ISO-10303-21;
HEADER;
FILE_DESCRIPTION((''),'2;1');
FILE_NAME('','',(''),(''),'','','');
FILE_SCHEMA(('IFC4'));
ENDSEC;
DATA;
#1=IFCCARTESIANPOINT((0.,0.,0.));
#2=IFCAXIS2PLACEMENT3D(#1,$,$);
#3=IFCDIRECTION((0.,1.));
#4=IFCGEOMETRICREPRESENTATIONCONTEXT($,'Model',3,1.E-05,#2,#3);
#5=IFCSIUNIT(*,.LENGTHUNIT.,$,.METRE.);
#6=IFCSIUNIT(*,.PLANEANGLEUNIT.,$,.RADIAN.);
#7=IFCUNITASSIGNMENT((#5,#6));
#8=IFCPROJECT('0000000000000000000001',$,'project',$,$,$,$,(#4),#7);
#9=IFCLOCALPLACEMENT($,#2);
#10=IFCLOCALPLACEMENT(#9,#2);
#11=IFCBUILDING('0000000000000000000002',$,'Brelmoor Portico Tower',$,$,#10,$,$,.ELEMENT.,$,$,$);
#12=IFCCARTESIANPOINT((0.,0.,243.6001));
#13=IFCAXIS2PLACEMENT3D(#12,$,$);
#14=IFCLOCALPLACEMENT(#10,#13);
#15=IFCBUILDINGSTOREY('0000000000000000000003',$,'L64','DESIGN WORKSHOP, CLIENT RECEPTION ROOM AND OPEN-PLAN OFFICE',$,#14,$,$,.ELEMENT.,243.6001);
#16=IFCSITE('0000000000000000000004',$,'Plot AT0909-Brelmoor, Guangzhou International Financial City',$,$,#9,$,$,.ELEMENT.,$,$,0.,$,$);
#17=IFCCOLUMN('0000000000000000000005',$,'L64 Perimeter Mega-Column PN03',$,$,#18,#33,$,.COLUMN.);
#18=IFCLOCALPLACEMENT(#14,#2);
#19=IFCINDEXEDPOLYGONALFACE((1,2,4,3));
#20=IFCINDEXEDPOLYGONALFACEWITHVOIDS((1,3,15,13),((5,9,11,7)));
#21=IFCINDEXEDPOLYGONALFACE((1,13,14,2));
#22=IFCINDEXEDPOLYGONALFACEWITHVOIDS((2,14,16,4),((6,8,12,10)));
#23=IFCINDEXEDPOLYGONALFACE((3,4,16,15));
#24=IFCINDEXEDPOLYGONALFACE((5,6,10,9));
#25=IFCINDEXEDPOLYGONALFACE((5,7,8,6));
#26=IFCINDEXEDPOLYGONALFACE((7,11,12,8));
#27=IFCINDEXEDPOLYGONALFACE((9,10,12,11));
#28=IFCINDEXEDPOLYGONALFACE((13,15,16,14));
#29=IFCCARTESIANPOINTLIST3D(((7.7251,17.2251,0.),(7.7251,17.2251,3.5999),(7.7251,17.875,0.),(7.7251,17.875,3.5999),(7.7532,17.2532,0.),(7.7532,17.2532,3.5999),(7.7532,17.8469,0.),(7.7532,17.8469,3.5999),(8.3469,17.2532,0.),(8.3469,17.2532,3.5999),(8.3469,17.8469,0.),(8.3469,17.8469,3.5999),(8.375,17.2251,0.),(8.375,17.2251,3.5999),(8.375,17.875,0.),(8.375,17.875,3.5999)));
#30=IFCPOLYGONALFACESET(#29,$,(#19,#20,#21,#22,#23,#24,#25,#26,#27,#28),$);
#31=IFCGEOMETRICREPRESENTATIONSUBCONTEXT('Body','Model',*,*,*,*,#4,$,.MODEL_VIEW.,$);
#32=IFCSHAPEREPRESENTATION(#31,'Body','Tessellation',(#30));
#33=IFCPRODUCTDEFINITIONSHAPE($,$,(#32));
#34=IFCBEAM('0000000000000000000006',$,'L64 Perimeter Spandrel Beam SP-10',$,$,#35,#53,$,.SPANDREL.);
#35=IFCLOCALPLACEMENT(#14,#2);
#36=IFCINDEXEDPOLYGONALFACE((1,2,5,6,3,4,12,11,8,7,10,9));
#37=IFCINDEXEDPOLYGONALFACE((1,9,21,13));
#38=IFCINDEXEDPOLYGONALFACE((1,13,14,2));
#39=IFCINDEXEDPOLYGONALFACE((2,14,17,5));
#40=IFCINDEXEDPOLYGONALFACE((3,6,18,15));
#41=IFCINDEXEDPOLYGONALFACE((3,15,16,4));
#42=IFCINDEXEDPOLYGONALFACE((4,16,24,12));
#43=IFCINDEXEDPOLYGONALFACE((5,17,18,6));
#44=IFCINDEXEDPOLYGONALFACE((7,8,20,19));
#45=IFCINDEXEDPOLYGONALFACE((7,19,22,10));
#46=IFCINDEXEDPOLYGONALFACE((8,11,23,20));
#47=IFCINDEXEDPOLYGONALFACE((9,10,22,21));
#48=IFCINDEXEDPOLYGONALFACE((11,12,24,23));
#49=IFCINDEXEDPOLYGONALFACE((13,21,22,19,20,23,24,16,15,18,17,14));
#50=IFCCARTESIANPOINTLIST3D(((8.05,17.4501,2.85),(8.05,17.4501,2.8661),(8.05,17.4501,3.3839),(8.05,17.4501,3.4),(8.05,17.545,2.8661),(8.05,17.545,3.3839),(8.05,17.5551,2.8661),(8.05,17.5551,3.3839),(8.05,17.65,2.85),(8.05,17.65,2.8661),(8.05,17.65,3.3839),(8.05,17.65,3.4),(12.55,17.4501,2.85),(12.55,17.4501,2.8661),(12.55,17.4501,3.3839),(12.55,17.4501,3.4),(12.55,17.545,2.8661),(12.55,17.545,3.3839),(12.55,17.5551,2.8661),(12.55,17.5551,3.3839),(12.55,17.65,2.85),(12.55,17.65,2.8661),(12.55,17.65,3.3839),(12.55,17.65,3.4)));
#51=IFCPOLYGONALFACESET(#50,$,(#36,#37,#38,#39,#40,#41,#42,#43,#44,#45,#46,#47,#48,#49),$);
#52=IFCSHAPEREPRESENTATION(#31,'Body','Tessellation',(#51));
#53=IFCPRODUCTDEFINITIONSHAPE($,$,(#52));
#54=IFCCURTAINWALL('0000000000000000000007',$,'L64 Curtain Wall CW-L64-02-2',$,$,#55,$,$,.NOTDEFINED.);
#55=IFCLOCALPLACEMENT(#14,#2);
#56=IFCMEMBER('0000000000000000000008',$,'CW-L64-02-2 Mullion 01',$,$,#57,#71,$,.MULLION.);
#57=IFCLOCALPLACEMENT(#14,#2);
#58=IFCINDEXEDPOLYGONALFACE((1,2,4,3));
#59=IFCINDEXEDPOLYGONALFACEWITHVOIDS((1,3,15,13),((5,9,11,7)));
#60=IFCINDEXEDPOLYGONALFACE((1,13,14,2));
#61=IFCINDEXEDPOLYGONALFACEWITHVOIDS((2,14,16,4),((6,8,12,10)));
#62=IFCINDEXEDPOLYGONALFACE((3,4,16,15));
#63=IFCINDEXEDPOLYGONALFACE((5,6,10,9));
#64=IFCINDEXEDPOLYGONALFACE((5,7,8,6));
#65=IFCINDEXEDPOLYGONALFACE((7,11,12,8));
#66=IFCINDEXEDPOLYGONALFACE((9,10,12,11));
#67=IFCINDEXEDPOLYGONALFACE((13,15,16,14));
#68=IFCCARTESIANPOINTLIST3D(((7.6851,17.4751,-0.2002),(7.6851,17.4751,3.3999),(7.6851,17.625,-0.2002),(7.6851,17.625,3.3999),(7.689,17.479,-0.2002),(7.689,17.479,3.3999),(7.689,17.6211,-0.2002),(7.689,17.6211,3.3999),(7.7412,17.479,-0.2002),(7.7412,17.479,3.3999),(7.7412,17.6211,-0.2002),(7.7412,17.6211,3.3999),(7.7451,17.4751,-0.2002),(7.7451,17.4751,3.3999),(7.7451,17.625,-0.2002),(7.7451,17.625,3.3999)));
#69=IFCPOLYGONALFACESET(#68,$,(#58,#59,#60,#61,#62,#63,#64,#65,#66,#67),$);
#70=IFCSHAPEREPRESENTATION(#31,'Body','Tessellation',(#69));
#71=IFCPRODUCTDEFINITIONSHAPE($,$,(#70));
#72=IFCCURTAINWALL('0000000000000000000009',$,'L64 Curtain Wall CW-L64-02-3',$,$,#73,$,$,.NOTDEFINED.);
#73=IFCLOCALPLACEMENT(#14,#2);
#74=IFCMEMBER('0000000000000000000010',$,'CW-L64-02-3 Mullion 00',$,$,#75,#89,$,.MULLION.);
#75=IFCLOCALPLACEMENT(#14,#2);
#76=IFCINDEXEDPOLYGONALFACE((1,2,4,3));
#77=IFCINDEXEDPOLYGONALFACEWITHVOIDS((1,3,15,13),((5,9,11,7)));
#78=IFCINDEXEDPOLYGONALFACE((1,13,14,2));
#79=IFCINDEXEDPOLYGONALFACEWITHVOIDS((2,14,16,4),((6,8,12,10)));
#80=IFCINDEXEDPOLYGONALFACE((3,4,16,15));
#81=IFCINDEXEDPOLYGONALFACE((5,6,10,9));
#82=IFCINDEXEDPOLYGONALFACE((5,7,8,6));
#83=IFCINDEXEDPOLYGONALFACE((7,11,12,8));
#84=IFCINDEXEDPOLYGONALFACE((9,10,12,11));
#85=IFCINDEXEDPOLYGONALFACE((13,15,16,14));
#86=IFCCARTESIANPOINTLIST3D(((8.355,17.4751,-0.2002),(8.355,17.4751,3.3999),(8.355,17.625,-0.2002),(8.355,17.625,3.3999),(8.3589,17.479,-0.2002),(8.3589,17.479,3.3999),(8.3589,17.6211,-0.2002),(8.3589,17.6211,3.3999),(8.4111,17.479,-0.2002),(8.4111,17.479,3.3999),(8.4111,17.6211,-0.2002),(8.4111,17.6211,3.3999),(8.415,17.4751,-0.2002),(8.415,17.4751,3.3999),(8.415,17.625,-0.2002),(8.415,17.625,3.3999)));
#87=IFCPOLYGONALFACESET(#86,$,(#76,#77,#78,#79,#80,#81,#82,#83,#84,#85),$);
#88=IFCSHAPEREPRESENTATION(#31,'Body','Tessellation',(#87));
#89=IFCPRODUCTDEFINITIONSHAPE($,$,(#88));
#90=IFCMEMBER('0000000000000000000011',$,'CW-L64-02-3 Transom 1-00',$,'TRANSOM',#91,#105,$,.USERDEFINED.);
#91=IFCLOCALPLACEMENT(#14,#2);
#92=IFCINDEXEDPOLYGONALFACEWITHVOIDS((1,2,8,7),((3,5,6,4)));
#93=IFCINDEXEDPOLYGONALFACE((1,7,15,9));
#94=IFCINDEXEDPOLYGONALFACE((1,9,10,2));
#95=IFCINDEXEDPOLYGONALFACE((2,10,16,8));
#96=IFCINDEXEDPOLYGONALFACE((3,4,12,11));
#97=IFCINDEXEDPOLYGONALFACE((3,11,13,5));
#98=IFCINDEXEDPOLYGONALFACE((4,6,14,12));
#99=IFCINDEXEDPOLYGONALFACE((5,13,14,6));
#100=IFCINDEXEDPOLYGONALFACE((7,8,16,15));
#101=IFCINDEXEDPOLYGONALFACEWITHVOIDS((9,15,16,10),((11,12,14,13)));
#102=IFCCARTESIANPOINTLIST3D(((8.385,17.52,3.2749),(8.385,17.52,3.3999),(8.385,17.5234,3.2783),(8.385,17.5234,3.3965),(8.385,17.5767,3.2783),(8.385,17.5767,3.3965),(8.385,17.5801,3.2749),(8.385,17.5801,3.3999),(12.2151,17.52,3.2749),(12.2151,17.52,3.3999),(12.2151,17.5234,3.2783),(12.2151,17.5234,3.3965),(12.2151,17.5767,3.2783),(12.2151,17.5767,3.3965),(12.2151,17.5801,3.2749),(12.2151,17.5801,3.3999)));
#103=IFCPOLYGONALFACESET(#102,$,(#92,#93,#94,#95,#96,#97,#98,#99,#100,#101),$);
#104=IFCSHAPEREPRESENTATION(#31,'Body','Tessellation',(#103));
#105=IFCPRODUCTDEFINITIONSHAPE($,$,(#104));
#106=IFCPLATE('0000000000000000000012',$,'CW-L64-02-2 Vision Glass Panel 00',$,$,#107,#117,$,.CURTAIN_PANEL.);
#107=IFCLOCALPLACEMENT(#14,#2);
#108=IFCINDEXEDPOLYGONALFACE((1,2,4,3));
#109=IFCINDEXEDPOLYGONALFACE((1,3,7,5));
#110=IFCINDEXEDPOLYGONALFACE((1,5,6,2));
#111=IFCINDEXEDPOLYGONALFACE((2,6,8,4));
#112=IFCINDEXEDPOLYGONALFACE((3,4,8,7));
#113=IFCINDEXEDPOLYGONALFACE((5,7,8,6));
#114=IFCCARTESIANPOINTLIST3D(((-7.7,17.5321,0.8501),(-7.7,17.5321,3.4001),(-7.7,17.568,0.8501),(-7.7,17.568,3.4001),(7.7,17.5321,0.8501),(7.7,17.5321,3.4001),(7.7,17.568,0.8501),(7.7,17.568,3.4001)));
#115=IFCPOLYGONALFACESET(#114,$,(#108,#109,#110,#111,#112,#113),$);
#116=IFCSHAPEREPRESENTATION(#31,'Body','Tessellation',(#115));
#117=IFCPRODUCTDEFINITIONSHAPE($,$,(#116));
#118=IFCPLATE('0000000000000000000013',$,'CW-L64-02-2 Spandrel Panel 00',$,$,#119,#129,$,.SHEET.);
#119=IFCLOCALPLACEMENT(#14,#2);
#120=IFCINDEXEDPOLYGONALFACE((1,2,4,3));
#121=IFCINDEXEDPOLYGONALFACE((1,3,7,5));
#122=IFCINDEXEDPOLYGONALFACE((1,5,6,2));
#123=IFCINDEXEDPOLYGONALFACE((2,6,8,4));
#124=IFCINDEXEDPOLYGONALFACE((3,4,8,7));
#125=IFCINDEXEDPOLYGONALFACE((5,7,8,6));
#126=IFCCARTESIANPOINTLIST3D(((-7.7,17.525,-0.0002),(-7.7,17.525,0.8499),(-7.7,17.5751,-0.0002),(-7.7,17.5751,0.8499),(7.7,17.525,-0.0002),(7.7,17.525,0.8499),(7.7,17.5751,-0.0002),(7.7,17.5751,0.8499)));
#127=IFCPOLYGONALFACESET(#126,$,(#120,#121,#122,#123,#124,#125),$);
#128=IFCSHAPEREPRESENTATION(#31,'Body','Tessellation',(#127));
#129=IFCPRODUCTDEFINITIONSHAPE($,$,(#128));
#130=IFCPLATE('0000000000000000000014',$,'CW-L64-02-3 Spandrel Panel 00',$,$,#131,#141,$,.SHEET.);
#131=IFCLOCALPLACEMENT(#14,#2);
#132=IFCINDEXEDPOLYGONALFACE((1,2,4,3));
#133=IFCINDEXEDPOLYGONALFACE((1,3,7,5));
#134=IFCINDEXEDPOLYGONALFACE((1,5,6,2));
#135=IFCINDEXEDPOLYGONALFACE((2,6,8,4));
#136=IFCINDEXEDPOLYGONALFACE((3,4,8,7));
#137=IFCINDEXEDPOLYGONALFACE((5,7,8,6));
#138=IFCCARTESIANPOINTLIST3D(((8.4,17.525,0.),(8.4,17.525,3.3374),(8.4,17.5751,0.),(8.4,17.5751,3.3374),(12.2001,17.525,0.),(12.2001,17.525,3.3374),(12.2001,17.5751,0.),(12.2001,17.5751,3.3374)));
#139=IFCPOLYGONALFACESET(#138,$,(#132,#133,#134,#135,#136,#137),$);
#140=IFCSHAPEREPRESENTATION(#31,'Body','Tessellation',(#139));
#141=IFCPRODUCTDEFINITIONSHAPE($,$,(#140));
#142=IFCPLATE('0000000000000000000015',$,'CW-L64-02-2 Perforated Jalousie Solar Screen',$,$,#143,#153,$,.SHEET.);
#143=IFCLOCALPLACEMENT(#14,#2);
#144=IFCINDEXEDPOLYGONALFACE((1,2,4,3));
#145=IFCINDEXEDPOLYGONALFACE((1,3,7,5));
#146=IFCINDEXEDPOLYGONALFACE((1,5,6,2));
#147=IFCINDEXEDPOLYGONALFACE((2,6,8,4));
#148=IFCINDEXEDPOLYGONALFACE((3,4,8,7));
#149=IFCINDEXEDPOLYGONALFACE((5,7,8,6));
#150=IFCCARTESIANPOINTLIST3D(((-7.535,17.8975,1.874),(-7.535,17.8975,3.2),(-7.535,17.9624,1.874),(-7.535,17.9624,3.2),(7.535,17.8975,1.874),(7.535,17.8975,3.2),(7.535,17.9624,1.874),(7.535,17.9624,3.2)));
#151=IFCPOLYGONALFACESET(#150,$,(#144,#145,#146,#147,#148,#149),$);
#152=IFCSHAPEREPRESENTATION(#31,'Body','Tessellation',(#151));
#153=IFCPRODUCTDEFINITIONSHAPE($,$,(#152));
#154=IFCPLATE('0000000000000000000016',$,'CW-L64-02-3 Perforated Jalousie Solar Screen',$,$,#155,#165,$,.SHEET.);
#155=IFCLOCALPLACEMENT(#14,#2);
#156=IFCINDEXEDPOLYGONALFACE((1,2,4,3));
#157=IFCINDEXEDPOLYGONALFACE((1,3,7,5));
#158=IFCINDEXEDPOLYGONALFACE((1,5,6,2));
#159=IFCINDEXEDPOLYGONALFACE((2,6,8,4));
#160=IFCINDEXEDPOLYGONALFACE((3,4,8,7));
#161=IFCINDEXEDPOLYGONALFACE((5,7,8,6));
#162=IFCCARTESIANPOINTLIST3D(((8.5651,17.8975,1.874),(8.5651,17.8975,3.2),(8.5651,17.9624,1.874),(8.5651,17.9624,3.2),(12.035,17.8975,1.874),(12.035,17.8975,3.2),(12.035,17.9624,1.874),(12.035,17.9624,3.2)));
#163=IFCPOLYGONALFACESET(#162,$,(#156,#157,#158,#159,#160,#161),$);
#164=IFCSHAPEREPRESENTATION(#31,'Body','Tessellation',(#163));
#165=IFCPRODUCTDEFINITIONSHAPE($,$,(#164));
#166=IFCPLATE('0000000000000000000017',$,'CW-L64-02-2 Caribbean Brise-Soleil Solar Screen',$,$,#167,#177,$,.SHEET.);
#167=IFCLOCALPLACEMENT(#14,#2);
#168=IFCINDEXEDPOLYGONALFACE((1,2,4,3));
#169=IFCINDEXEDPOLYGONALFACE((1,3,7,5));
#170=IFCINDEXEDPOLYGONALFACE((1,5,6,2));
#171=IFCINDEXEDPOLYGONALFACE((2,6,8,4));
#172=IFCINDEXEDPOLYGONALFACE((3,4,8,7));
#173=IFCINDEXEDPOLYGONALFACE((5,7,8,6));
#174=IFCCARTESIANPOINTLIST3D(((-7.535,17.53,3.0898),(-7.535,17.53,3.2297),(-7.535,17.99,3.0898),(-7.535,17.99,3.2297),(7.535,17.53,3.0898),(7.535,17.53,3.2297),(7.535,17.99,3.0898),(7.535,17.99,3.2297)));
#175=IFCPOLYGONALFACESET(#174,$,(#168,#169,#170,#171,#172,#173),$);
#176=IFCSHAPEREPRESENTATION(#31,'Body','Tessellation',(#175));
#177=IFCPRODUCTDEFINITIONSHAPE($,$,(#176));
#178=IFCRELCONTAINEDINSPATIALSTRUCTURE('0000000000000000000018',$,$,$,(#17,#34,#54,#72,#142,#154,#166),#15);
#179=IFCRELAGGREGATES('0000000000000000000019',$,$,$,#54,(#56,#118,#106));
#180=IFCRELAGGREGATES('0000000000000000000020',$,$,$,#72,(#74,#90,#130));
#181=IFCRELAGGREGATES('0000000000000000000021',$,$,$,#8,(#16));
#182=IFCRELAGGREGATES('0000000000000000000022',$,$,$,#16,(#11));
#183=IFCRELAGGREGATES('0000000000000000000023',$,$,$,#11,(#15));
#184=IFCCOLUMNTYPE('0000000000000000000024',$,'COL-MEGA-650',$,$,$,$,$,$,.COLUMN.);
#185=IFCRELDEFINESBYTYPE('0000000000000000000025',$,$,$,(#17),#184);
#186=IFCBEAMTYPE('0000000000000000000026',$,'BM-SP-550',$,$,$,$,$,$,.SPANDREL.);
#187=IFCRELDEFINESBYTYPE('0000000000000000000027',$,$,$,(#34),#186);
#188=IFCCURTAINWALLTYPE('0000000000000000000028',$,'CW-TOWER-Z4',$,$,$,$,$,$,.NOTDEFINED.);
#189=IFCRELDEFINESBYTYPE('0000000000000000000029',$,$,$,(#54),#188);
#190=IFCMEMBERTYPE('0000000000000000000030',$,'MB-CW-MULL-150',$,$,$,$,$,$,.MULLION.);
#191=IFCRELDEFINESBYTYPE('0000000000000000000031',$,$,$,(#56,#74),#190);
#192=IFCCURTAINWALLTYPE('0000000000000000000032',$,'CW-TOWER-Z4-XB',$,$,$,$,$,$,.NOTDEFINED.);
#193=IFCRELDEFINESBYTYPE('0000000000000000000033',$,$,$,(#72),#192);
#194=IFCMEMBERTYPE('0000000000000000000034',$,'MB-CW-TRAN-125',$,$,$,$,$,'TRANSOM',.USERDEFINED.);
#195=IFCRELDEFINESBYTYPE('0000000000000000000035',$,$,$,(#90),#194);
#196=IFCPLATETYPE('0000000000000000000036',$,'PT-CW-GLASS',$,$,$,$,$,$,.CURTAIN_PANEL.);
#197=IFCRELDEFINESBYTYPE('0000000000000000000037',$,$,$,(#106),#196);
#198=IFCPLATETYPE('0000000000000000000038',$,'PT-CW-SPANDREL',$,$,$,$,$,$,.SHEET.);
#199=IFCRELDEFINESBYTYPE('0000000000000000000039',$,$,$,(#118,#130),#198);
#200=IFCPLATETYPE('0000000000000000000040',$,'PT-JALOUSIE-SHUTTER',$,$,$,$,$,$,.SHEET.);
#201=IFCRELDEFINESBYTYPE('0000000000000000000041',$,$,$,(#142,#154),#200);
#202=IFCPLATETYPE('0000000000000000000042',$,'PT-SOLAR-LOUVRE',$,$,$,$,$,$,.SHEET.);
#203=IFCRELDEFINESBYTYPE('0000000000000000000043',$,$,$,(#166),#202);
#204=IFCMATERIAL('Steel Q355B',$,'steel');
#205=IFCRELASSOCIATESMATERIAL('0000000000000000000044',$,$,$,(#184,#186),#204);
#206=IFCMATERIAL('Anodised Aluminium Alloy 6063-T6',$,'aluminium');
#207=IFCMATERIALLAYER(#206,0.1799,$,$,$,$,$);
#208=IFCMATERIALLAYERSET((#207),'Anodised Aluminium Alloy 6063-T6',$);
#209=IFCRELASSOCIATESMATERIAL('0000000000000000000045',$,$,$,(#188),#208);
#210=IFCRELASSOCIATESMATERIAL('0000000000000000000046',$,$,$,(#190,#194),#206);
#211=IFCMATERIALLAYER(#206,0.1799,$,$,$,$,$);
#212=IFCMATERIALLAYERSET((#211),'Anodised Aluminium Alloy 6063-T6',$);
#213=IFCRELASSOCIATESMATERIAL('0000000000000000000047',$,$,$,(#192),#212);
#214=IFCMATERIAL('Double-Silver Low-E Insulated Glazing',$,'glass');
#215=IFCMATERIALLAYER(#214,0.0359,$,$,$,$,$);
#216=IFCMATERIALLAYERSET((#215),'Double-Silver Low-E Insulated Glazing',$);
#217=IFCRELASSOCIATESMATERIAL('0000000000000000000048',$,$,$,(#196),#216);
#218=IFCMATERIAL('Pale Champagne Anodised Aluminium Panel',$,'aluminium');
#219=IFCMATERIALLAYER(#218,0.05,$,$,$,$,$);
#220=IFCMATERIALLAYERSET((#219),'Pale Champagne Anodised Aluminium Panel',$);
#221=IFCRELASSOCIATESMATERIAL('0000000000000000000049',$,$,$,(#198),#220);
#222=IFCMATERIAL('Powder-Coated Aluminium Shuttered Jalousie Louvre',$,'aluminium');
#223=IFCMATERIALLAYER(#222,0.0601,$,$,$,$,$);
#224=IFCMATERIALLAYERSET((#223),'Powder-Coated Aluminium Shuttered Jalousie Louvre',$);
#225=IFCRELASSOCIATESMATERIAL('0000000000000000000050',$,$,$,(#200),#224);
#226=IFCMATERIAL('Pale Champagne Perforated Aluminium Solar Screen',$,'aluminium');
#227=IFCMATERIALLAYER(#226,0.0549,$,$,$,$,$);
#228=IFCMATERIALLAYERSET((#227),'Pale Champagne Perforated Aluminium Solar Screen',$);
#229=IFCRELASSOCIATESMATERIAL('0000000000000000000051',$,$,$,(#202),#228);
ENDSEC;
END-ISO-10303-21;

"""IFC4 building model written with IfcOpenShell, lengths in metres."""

from ifc_helpers import new_model, si_unit, direction, frame, origin, origin_2d, place, context, subcontext, project, spatial, rectangle, hollow_rectangle, i_section, extrude, material, layer, layer_set, material_profile, profile_set, type_object, element, aggregate, save


model = new_model("IFC4")

# Units and contexts
model_context = context("Model", 3, precision=1e-05, world=origin(), true_north=direction((0.0, 1.0)))
body_context = subcontext(model_context, "Body", "Model", "MODEL_VIEW")
ifc_project = project(units=[si_unit("LENGTHUNIT", "METRE"), si_unit("PLANEANGLEUNIT", "RADIAN")], contexts=[model_context])

# Site, building, storey
site_placement = place(None, origin())
site = spatial("IfcSite", under=ifc_project, at=site_placement, Name="Plot AT0909-Brelmoor, Guangzhou International Financial City", CompositionType="ELEMENT", RefElevation=0.0)
building_placement = place(site_placement, origin())
building = spatial("IfcBuilding", under=site, at=building_placement, Name="Brelmoor Portico Tower", CompositionType="ELEMENT")
storey_placement = place(building_placement, frame((0.0, 0.0, 243.6001)))
storey = spatial("IfcBuildingStorey", under=building, at=storey_placement, Name="L64", Description="DESIGN WORKSHOP, CLIENT RECEPTION ROOM AND OPEN-PLAN OFFICE", CompositionType="ELEMENT", Elevation=243.6001)

# Column
ifc_material_1 = material(Name="Steel Q355B", Category="steel")
ifc_material_profile_1 = material_profile(ifc_material_1, hollow_rectangle(XDim=0.6499, YDim=0.6499, WallThickness=0.0281, at=origin_2d()), Name="BOX 650x650x28")
ifc_profile_set_1 = profile_set([ifc_material_profile_1], Name="Steel Q355B")
column_type = type_object("IfcColumnType", Name="COL-MEGA-650", PredefinedType="COLUMN", material=ifc_profile_set_1)
column_placement = place(storey_placement, frame((8.05, 17.55, 0.0), z_axis=(0.0, 0.0, 1.0), x_axis=(1.0, 0.0, 0.0)))
element("IfcColumn", 1, at=column_placement, inside=storey, type_object=column_type, Name="L64 Perimeter Mega-Column PN03", PredefinedType="COLUMN", context=body_context, shape_type="SweptSolid", body=[
    extrude(hollow_rectangle(XDim=0.6499, YDim=0.6499, WallThickness=0.0281, at=origin_2d()), origin(), (0.0, 0.0, 1.0), 3.5999),
])

# Beam
ifc_material_profile_2 = material_profile(ifc_material_1, i_section(OverallWidth=0.2, OverallDepth=0.55, WebThickness=0.01, FlangeThickness=0.0161, at=origin_2d()), Name="HN 550x200x10x16")
ifc_profile_set_2 = profile_set([ifc_material_profile_2], Name="Steel Q355B")
beam_type = type_object("IfcBeamType", Name="BM-SP-550", PredefinedType="SPANDREL", material=ifc_profile_set_2)
beam_placement = place(storey_placement, frame((8.05, 17.55, 3.125), z_axis=(1.0, 0.0, 0.0), x_axis=(0.0, 1.0, 0.0)))
element("IfcBeam", 2, at=beam_placement, inside=storey, type_object=beam_type, Name="L64 Perimeter Spandrel Beam SP-10", PredefinedType="SPANDREL", context=body_context, shape_type="SweptSolid", body=[
    extrude(i_section(OverallWidth=0.2, OverallDepth=0.55, WebThickness=0.01, FlangeThickness=0.0161, at=origin_2d()), origin(), (0.0, 0.0, 1.0), 4.5),
])

# Curtain wall, member
ifc_material_2 = material(Name="Anodised Aluminium Alloy 6063-T6", Category="aluminium")
ifc_layer_1 = layer(ifc_material_2, 0.1799)
ifc_layer_set_1 = layer_set([ifc_layer_1], Name="Anodised Aluminium Alloy 6063-T6")
curtain_wall_type_1 = type_object("IfcCurtainWallType", Name="CW-TOWER-Z4", PredefinedType="NOTDEFINED", material=ifc_layer_set_1)
curtain_wall_1_placement = place(storey_placement, origin())
curtain_wall_1 = element("IfcCurtainWall", 3, at=curtain_wall_1_placement, inside=storey, type_object=curtain_wall_type_1, Name="L64 Curtain Wall CW-L64-02-2", PredefinedType="NOTDEFINED")
ifc_material_profile_3 = material_profile(ifc_material_2, hollow_rectangle(XDim=0.0601, YDim=0.1499, WallThickness=0.0039, at=origin_2d()), Name="ALU MULLION 60x150")
ifc_profile_set_3 = profile_set([ifc_material_profile_3], Name="Anodised Aluminium Alloy 6063-T6")
member_type_1 = type_object("IfcMemberType", Name="MB-CW-MULL-150", PredefinedType="MULLION", material=ifc_profile_set_3)
member_1_placement = place(storey_placement, frame((7.7151, 17.55, -0.2002), z_axis=(0.0, 0.0, 1.0), x_axis=(1.0, 0.0, 0.0)))
member_1 = element("IfcMember", 4, at=member_1_placement, type_object=member_type_1, Name="CW-L64-02-2 Mullion 01", PredefinedType="MULLION", context=body_context, shape_type="SweptSolid", body=[
    extrude(hollow_rectangle(XDim=0.0601, YDim=0.1499, WallThickness=0.0039, at=origin_2d()), origin(), (0.0, 0.0, 1.0), 3.6001),
])

# Curtain wall, members
ifc_layer_2 = layer(ifc_material_2, 0.1799)
ifc_layer_set_2 = layer_set([ifc_layer_2], Name="Anodised Aluminium Alloy 6063-T6")
curtain_wall_type_2 = type_object("IfcCurtainWallType", Name="CW-TOWER-Z4-XB", PredefinedType="NOTDEFINED", material=ifc_layer_set_2)
curtain_wall_2_placement = place(storey_placement, origin())
curtain_wall_2 = element("IfcCurtainWall", 5, at=curtain_wall_2_placement, inside=storey, type_object=curtain_wall_type_2, Name="L64 Curtain Wall CW-L64-02-3", PredefinedType="NOTDEFINED")
member_2_placement = place(storey_placement, frame((8.385, 17.55, -0.2002), z_axis=(0.0, 0.0, 1.0), x_axis=(1.0, 0.0, 0.0)))
member_2 = element("IfcMember", 6, at=member_2_placement, type_object=member_type_1, Name="CW-L64-02-3 Mullion 00", PredefinedType="MULLION", context=body_context, shape_type="SweptSolid", body=[
    extrude(hollow_rectangle(XDim=0.0601, YDim=0.1499, WallThickness=0.0039, at=origin_2d()), origin(), (0.0, 0.0, 1.0), 3.6001),
])
ifc_material_profile_4 = material_profile(ifc_material_2, hollow_rectangle(XDim=0.0601, YDim=0.125, WallThickness=0.0034, at=origin_2d()), Name="ALU TRANSOM 60x125")
ifc_profile_set_4 = profile_set([ifc_material_profile_4], Name="Anodised Aluminium Alloy 6063-T6")
member_type_2 = type_object("IfcMemberType", Name="MB-CW-TRAN-125", ElementType="TRANSOM", PredefinedType="USERDEFINED", material=ifc_profile_set_4)
member_3_placement = place(storey_placement, frame((8.385, 17.55, 3.3374), z_axis=(1.0, 0.0, 0.0), x_axis=(0.0, 1.0, 0.0)))
member_3 = element("IfcMember", 7, at=member_3_placement, type_object=member_type_2, Name="CW-L64-02-3 Transom 1-00", ObjectType="TRANSOM", PredefinedType="USERDEFINED", context=body_context, shape_type="SweptSolid", body=[
    extrude(hollow_rectangle(XDim=0.0601, YDim=0.125, WallThickness=0.0034, at=origin_2d()), origin(), (0.0, 0.0, 1.0), 3.8301),
])

# Plates
ifc_material_3 = material(Name="Double-Silver Low-E Insulated Glazing", Category="glass")
ifc_layer_3 = layer(ifc_material_3, 0.0359)
ifc_layer_set_3 = layer_set([ifc_layer_3], Name="Double-Silver Low-E Insulated Glazing")
plate_type_1 = type_object("IfcPlateType", Name="PT-CW-GLASS", PredefinedType="CURTAIN_PANEL", material=ifc_layer_set_3)
plate_1_placement = place(storey_placement, frame((0.0, 17.55, 0.8501), z_axis=(0.0, 0.0, 1.0), x_axis=(1.0, 0.0, 0.0)))
plate_1 = element("IfcPlate", 8, at=plate_1_placement, type_object=plate_type_1, Name="CW-L64-02-2 Vision Glass Panel 00", PredefinedType="CURTAIN_PANEL", context=body_context, shape_type="SweptSolid", body=[
    extrude(rectangle(XDim=15.3999, YDim=0.0359, at=origin_2d()), origin(), (0.0, 0.0, 1.0), 2.55),
])
ifc_material_4 = material(Name="Pale Champagne Anodised Aluminium Panel", Category="aluminium")
ifc_layer_4 = layer(ifc_material_4, 0.05)
ifc_layer_set_4 = layer_set([ifc_layer_4], Name="Pale Champagne Anodised Aluminium Panel")
plate_type_2 = type_object("IfcPlateType", Name="PT-CW-SPANDREL", PredefinedType="SHEET", material=ifc_layer_set_4)
plate_2_placement = place(storey_placement, frame((0.0, 17.55, -0.0002), z_axis=(0.0, 0.0, 1.0), x_axis=(1.0, 0.0, 0.0)))
plate_2 = element("IfcPlate", 9, at=plate_2_placement, type_object=plate_type_2, Name="CW-L64-02-2 Spandrel Panel 00", PredefinedType="SHEET", context=body_context, shape_type="SweptSolid", body=[
    extrude(rectangle(XDim=15.3999, YDim=0.05, at=origin_2d()), origin(), (0.0, 0.0, 1.0), 0.8501),
])
aggregate(curtain_wall_1, [member_1, plate_2, plate_1])
plate_3_placement = place(storey_placement, frame((10.3, 17.55, 0.0), z_axis=(0.0, 0.0, 1.0), x_axis=(1.0, 0.0, 0.0)))
plate_3 = element("IfcPlate", 10, at=plate_3_placement, type_object=plate_type_2, Name="CW-L64-02-3 Spandrel Panel 00", PredefinedType="SHEET", context=body_context, shape_type="SweptSolid", body=[
    extrude(rectangle(XDim=3.8, YDim=0.05, at=origin_2d()), origin(), (0.0, 0.0, 1.0), 3.3374),
])
aggregate(curtain_wall_2, [member_2, member_3, plate_3])

# Plates
ifc_material_5 = material(Name="Powder-Coated Aluminium Shuttered Jalousie Louvre", Category="aluminium")
ifc_layer_5 = layer(ifc_material_5, 0.0601)
ifc_layer_set_5 = layer_set([ifc_layer_5], Name="Powder-Coated Aluminium Shuttered Jalousie Louvre")
plate_type_3 = type_object("IfcPlateType", Name="PT-JALOUSIE-SHUTTER", PredefinedType="SHEET", material=ifc_layer_set_5)
plate_4_placement = place(storey_placement, frame((0.0, 17.9299, 1.874), z_axis=(0.0, 0.0, 1.0), x_axis=(1.0, 0.0, 0.0)))
element("IfcPlate", 11, at=plate_4_placement, inside=storey, type_object=plate_type_3, Name="CW-L64-02-2 Perforated Jalousie Solar Screen", PredefinedType="SHEET", context=body_context, shape_type="SweptSolid", body=[
    extrude(rectangle(XDim=15.0701, YDim=0.0649, at=origin_2d()), origin(), (0.0, 0.0, 1.0), 1.3259),
])
plate_5_placement = place(storey_placement, frame((10.3, 17.9299, 1.874), z_axis=(0.0, 0.0, 1.0), x_axis=(1.0, 0.0, 0.0)))
element("IfcPlate", 12, at=plate_5_placement, inside=storey, type_object=plate_type_3, Name="CW-L64-02-3 Perforated Jalousie Solar Screen", PredefinedType="SHEET", context=body_context, shape_type="SweptSolid", body=[
    extrude(rectangle(XDim=3.47, YDim=0.0649, at=origin_2d()), origin(), (0.0, 0.0, 1.0), 1.3259),
])
ifc_material_6 = material(Name="Pale Champagne Perforated Aluminium Solar Screen", Category="aluminium")
ifc_layer_6 = layer(ifc_material_6, 0.0549)
ifc_layer_set_6 = layer_set([ifc_layer_6], Name="Pale Champagne Perforated Aluminium Solar Screen")
plate_type_4 = type_object("IfcPlateType", Name="PT-SOLAR-LOUVRE", PredefinedType="SHEET", material=ifc_layer_set_6)
plate_6_placement = place(storey_placement, frame((0.0, 17.76, 3.0898), z_axis=(0.0, 0.0, 1.0), x_axis=(1.0, 0.0, 0.0)))
element("IfcPlate", 13, at=plate_6_placement, inside=storey, type_object=plate_type_4, Name="CW-L64-02-2 Caribbean Brise-Soleil Solar Screen", PredefinedType="SHEET", context=body_context, shape_type="SweptSolid", body=[
    extrude(rectangle(XDim=15.0701, YDim=0.46, at=origin_2d()), origin(), (0.0, 0.0, 1.0), 0.1399),
])

save(model, "model.ifc")
